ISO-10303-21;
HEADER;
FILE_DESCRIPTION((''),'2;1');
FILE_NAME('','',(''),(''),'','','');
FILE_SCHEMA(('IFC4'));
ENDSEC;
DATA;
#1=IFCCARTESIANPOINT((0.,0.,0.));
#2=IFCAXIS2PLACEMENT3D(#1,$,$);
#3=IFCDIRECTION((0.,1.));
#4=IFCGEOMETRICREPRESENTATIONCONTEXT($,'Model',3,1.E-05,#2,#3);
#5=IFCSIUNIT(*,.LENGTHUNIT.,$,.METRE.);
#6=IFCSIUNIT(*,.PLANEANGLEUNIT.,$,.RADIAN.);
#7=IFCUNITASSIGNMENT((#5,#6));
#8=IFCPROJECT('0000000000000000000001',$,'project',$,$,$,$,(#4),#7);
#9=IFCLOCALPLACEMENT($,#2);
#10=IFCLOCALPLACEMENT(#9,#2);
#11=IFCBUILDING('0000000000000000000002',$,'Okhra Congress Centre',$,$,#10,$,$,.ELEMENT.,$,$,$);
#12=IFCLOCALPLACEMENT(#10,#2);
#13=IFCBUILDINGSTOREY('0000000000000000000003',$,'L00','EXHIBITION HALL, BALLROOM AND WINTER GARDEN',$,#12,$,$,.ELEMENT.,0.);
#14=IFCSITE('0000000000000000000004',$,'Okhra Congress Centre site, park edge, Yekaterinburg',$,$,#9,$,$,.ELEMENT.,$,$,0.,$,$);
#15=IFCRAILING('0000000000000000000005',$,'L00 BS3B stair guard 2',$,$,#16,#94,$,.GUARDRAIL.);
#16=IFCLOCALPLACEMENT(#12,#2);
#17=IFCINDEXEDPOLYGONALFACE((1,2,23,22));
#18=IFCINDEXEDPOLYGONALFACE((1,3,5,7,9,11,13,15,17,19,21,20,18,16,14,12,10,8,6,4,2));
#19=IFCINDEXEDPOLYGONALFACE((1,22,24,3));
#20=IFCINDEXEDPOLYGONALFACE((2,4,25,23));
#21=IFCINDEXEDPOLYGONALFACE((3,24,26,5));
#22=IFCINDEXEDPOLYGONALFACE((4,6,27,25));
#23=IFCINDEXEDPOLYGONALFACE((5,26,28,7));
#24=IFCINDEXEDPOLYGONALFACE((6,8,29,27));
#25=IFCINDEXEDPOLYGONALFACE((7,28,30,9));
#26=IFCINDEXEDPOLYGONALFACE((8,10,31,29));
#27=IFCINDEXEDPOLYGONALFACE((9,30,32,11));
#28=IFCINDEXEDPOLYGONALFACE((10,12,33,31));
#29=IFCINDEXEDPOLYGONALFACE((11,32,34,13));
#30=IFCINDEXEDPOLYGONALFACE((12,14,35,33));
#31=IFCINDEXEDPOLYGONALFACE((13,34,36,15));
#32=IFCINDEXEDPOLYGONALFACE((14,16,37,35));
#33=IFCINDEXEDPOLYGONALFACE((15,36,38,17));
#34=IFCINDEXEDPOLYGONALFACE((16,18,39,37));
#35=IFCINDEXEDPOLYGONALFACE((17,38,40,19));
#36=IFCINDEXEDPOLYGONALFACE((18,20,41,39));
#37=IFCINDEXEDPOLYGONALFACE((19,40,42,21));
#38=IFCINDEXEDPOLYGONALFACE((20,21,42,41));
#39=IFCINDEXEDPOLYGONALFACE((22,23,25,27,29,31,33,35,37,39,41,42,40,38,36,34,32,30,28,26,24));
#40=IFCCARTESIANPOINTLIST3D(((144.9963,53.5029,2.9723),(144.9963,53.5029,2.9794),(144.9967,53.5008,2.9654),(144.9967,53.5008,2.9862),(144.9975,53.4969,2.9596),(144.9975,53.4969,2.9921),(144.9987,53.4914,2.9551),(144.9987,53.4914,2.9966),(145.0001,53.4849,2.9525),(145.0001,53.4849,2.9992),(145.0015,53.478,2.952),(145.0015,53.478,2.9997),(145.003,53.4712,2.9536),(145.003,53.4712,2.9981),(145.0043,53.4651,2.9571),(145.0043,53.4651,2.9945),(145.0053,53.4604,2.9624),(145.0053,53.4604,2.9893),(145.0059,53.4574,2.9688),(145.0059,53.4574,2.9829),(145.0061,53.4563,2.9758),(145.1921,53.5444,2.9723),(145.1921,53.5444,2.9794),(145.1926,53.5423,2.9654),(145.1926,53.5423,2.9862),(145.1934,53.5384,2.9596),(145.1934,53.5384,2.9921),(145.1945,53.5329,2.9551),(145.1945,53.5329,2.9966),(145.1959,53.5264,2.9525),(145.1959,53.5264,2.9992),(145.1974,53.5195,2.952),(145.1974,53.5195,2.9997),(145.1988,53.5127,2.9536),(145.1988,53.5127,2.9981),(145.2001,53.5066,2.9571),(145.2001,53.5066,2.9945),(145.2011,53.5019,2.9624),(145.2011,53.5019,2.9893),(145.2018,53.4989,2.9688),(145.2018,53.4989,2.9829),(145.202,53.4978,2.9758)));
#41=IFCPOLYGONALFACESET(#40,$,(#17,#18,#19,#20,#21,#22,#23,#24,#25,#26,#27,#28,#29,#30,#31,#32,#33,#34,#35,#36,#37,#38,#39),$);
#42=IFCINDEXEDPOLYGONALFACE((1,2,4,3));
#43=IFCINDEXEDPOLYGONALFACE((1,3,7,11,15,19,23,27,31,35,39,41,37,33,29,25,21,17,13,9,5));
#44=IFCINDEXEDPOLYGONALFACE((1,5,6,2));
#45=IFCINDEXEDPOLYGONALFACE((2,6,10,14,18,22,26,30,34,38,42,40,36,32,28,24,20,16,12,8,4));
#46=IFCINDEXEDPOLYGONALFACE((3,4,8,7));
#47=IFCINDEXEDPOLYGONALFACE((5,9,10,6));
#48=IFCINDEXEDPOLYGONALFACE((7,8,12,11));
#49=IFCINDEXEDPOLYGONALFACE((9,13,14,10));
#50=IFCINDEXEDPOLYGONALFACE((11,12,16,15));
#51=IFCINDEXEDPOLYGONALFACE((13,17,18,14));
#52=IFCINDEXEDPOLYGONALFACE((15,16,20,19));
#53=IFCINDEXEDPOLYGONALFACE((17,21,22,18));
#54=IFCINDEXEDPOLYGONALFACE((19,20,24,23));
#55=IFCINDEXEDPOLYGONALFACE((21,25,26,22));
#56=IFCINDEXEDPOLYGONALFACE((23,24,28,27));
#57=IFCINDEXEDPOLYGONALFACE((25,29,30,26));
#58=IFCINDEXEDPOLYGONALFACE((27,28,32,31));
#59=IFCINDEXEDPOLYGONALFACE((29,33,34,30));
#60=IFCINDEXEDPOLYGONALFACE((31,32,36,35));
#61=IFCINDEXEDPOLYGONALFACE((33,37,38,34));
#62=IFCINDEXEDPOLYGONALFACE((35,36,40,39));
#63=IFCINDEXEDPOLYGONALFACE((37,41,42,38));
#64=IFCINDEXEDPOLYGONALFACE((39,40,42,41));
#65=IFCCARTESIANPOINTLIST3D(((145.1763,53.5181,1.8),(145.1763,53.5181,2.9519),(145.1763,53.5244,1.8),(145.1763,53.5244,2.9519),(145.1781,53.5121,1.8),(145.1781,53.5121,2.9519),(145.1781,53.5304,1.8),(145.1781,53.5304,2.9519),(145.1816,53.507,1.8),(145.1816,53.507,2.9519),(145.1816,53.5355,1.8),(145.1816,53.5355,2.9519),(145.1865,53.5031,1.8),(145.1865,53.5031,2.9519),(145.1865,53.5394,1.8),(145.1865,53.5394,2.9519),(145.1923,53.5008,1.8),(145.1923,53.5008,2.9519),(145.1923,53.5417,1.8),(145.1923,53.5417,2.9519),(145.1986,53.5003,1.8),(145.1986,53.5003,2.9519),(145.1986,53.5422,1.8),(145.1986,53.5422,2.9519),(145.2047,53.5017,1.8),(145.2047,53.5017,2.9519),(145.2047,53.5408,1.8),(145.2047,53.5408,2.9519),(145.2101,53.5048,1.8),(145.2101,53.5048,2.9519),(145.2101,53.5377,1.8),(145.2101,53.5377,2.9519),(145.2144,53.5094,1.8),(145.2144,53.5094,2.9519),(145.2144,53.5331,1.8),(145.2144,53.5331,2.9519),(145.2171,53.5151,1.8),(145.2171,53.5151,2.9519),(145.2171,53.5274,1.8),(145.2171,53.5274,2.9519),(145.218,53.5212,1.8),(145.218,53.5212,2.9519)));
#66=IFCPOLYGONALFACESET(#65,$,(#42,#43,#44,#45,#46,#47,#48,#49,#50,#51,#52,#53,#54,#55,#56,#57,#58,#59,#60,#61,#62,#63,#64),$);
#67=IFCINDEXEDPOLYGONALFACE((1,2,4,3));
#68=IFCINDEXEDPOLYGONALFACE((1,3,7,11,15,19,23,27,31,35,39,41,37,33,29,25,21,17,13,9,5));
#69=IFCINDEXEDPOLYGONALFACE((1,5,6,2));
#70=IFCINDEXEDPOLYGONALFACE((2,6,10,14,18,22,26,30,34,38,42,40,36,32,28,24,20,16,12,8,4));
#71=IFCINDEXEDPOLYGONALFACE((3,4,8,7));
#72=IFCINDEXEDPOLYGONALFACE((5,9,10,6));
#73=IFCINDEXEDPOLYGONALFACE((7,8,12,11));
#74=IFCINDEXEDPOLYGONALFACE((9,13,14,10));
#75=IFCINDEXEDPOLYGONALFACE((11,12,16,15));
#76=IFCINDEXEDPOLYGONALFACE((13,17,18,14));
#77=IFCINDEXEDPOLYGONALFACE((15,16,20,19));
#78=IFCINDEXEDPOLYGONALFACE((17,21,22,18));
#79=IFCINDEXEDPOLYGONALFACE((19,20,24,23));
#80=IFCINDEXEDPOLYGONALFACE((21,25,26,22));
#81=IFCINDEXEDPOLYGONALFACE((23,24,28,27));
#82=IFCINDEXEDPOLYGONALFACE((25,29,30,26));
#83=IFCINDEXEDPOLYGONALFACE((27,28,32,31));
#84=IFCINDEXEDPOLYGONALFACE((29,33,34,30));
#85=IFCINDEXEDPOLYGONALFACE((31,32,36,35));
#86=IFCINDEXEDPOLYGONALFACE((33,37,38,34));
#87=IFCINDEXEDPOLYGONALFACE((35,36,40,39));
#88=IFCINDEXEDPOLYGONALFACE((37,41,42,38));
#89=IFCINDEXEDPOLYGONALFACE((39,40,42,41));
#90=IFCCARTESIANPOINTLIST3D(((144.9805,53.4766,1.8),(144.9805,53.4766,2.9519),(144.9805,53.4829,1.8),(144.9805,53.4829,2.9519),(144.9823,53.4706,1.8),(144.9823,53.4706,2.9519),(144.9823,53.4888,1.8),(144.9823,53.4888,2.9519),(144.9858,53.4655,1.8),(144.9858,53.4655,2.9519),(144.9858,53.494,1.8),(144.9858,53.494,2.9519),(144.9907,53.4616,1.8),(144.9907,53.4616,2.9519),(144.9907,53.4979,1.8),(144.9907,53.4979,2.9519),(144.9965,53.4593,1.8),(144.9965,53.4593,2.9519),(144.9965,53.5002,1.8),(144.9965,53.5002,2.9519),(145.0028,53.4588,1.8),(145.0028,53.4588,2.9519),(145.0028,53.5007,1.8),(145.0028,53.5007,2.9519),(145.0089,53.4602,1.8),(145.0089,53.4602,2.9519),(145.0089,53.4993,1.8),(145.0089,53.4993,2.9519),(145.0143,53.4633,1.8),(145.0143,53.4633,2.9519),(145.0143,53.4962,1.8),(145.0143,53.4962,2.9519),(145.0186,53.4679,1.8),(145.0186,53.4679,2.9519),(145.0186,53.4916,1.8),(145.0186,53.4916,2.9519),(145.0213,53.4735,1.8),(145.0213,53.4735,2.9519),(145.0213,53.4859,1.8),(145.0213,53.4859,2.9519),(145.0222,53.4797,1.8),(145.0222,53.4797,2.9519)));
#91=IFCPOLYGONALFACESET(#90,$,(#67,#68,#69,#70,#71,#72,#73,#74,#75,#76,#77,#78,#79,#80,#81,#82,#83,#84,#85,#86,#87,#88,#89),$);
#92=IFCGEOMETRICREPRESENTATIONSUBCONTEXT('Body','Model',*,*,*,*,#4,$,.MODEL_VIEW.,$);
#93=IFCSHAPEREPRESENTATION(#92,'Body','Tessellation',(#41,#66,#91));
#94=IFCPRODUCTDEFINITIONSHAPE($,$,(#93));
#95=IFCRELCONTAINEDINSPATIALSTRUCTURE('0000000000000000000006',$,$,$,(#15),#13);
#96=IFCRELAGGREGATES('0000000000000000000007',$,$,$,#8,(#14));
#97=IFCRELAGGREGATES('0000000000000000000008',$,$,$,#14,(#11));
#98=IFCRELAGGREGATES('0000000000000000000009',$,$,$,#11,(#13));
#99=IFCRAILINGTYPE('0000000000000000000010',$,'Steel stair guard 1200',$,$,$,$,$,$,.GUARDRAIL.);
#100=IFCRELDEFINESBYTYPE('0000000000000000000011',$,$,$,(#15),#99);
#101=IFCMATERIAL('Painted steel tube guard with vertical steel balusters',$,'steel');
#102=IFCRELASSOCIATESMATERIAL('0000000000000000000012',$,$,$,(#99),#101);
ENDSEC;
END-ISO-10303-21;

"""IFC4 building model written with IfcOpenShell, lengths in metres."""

from ifc_helpers import new_model, si_unit, direction, frame, origin, origin_2d, place, context, subcontext, project, spatial, circle, extrude, material, type_object, element, save


model = new_model("IFC4")

# Units and contexts
model_context = context("Model", 3, precision=1e-05, world=origin(), true_north=direction((0.0, 1.0)))
body_context = subcontext(model_context, "Body", "Model", "MODEL_VIEW")
ifc_project = project(units=[si_unit("LENGTHUNIT", "METRE"), si_unit("PLANEANGLEUNIT", "RADIAN")], contexts=[model_context])

# Site, building, storey
site_placement = place(None, origin())
site = spatial("IfcSite", under=ifc_project, at=site_placement, Name="Okhra Congress Centre site, park edge, Yekaterinburg", CompositionType="ELEMENT", RefElevation=0.0)
building_placement = place(site_placement, origin())
building = spatial("IfcBuilding", under=site, at=building_placement, Name="Okhra Congress Centre", CompositionType="ELEMENT")
storey_placement = place(building_placement, origin())
storey = spatial("IfcBuildingStorey", under=building, at=storey_placement, Name="L00", Description="EXHIBITION HALL, BALLROOM AND WINTER GARDEN", CompositionType="ELEMENT", Elevation=0.0)

# Railing
ifc_material_1 = material(Name="Painted steel tube guard with vertical steel balusters", Category="steel")
railing_type_1 = type_object("IfcRailingType", Name="Steel stair guard 1200", PredefinedType="GUARDRAIL", material=ifc_material_1)
railing_1_placement = place(storey_placement, frame((145.197, 53.5212, 1.8)))
element("IfcRailing", 1, at=railing_1_placement, inside=storey, type_object=railing_type_1, Name="L00 BS3B stair guard 2", PredefinedType="GUARDRAIL", context=body_context, shape_type="SweptSolid", body=[
    extrude(circle(Radius=0.0239, at=origin_2d()), frame((0.0, 0.0, 1.1758), z_axis=(-0.978264, -0.207363, 0.0), x_axis=(0.207363, -0.978264, 0.0)), (0.0, 0.0, 1.0), 0.2002),
    extrude(circle(Radius=0.021, at=origin_2d()), origin(), (0.0, 0.0, 1.0), 1.1519),
    extrude(circle(Radius=0.021, at=origin_2d()), frame((-0.1958, -0.0415, 0.0)), (0.0, 0.0, 1.0), 1.1519),
])

save(model, "model.ifc")
